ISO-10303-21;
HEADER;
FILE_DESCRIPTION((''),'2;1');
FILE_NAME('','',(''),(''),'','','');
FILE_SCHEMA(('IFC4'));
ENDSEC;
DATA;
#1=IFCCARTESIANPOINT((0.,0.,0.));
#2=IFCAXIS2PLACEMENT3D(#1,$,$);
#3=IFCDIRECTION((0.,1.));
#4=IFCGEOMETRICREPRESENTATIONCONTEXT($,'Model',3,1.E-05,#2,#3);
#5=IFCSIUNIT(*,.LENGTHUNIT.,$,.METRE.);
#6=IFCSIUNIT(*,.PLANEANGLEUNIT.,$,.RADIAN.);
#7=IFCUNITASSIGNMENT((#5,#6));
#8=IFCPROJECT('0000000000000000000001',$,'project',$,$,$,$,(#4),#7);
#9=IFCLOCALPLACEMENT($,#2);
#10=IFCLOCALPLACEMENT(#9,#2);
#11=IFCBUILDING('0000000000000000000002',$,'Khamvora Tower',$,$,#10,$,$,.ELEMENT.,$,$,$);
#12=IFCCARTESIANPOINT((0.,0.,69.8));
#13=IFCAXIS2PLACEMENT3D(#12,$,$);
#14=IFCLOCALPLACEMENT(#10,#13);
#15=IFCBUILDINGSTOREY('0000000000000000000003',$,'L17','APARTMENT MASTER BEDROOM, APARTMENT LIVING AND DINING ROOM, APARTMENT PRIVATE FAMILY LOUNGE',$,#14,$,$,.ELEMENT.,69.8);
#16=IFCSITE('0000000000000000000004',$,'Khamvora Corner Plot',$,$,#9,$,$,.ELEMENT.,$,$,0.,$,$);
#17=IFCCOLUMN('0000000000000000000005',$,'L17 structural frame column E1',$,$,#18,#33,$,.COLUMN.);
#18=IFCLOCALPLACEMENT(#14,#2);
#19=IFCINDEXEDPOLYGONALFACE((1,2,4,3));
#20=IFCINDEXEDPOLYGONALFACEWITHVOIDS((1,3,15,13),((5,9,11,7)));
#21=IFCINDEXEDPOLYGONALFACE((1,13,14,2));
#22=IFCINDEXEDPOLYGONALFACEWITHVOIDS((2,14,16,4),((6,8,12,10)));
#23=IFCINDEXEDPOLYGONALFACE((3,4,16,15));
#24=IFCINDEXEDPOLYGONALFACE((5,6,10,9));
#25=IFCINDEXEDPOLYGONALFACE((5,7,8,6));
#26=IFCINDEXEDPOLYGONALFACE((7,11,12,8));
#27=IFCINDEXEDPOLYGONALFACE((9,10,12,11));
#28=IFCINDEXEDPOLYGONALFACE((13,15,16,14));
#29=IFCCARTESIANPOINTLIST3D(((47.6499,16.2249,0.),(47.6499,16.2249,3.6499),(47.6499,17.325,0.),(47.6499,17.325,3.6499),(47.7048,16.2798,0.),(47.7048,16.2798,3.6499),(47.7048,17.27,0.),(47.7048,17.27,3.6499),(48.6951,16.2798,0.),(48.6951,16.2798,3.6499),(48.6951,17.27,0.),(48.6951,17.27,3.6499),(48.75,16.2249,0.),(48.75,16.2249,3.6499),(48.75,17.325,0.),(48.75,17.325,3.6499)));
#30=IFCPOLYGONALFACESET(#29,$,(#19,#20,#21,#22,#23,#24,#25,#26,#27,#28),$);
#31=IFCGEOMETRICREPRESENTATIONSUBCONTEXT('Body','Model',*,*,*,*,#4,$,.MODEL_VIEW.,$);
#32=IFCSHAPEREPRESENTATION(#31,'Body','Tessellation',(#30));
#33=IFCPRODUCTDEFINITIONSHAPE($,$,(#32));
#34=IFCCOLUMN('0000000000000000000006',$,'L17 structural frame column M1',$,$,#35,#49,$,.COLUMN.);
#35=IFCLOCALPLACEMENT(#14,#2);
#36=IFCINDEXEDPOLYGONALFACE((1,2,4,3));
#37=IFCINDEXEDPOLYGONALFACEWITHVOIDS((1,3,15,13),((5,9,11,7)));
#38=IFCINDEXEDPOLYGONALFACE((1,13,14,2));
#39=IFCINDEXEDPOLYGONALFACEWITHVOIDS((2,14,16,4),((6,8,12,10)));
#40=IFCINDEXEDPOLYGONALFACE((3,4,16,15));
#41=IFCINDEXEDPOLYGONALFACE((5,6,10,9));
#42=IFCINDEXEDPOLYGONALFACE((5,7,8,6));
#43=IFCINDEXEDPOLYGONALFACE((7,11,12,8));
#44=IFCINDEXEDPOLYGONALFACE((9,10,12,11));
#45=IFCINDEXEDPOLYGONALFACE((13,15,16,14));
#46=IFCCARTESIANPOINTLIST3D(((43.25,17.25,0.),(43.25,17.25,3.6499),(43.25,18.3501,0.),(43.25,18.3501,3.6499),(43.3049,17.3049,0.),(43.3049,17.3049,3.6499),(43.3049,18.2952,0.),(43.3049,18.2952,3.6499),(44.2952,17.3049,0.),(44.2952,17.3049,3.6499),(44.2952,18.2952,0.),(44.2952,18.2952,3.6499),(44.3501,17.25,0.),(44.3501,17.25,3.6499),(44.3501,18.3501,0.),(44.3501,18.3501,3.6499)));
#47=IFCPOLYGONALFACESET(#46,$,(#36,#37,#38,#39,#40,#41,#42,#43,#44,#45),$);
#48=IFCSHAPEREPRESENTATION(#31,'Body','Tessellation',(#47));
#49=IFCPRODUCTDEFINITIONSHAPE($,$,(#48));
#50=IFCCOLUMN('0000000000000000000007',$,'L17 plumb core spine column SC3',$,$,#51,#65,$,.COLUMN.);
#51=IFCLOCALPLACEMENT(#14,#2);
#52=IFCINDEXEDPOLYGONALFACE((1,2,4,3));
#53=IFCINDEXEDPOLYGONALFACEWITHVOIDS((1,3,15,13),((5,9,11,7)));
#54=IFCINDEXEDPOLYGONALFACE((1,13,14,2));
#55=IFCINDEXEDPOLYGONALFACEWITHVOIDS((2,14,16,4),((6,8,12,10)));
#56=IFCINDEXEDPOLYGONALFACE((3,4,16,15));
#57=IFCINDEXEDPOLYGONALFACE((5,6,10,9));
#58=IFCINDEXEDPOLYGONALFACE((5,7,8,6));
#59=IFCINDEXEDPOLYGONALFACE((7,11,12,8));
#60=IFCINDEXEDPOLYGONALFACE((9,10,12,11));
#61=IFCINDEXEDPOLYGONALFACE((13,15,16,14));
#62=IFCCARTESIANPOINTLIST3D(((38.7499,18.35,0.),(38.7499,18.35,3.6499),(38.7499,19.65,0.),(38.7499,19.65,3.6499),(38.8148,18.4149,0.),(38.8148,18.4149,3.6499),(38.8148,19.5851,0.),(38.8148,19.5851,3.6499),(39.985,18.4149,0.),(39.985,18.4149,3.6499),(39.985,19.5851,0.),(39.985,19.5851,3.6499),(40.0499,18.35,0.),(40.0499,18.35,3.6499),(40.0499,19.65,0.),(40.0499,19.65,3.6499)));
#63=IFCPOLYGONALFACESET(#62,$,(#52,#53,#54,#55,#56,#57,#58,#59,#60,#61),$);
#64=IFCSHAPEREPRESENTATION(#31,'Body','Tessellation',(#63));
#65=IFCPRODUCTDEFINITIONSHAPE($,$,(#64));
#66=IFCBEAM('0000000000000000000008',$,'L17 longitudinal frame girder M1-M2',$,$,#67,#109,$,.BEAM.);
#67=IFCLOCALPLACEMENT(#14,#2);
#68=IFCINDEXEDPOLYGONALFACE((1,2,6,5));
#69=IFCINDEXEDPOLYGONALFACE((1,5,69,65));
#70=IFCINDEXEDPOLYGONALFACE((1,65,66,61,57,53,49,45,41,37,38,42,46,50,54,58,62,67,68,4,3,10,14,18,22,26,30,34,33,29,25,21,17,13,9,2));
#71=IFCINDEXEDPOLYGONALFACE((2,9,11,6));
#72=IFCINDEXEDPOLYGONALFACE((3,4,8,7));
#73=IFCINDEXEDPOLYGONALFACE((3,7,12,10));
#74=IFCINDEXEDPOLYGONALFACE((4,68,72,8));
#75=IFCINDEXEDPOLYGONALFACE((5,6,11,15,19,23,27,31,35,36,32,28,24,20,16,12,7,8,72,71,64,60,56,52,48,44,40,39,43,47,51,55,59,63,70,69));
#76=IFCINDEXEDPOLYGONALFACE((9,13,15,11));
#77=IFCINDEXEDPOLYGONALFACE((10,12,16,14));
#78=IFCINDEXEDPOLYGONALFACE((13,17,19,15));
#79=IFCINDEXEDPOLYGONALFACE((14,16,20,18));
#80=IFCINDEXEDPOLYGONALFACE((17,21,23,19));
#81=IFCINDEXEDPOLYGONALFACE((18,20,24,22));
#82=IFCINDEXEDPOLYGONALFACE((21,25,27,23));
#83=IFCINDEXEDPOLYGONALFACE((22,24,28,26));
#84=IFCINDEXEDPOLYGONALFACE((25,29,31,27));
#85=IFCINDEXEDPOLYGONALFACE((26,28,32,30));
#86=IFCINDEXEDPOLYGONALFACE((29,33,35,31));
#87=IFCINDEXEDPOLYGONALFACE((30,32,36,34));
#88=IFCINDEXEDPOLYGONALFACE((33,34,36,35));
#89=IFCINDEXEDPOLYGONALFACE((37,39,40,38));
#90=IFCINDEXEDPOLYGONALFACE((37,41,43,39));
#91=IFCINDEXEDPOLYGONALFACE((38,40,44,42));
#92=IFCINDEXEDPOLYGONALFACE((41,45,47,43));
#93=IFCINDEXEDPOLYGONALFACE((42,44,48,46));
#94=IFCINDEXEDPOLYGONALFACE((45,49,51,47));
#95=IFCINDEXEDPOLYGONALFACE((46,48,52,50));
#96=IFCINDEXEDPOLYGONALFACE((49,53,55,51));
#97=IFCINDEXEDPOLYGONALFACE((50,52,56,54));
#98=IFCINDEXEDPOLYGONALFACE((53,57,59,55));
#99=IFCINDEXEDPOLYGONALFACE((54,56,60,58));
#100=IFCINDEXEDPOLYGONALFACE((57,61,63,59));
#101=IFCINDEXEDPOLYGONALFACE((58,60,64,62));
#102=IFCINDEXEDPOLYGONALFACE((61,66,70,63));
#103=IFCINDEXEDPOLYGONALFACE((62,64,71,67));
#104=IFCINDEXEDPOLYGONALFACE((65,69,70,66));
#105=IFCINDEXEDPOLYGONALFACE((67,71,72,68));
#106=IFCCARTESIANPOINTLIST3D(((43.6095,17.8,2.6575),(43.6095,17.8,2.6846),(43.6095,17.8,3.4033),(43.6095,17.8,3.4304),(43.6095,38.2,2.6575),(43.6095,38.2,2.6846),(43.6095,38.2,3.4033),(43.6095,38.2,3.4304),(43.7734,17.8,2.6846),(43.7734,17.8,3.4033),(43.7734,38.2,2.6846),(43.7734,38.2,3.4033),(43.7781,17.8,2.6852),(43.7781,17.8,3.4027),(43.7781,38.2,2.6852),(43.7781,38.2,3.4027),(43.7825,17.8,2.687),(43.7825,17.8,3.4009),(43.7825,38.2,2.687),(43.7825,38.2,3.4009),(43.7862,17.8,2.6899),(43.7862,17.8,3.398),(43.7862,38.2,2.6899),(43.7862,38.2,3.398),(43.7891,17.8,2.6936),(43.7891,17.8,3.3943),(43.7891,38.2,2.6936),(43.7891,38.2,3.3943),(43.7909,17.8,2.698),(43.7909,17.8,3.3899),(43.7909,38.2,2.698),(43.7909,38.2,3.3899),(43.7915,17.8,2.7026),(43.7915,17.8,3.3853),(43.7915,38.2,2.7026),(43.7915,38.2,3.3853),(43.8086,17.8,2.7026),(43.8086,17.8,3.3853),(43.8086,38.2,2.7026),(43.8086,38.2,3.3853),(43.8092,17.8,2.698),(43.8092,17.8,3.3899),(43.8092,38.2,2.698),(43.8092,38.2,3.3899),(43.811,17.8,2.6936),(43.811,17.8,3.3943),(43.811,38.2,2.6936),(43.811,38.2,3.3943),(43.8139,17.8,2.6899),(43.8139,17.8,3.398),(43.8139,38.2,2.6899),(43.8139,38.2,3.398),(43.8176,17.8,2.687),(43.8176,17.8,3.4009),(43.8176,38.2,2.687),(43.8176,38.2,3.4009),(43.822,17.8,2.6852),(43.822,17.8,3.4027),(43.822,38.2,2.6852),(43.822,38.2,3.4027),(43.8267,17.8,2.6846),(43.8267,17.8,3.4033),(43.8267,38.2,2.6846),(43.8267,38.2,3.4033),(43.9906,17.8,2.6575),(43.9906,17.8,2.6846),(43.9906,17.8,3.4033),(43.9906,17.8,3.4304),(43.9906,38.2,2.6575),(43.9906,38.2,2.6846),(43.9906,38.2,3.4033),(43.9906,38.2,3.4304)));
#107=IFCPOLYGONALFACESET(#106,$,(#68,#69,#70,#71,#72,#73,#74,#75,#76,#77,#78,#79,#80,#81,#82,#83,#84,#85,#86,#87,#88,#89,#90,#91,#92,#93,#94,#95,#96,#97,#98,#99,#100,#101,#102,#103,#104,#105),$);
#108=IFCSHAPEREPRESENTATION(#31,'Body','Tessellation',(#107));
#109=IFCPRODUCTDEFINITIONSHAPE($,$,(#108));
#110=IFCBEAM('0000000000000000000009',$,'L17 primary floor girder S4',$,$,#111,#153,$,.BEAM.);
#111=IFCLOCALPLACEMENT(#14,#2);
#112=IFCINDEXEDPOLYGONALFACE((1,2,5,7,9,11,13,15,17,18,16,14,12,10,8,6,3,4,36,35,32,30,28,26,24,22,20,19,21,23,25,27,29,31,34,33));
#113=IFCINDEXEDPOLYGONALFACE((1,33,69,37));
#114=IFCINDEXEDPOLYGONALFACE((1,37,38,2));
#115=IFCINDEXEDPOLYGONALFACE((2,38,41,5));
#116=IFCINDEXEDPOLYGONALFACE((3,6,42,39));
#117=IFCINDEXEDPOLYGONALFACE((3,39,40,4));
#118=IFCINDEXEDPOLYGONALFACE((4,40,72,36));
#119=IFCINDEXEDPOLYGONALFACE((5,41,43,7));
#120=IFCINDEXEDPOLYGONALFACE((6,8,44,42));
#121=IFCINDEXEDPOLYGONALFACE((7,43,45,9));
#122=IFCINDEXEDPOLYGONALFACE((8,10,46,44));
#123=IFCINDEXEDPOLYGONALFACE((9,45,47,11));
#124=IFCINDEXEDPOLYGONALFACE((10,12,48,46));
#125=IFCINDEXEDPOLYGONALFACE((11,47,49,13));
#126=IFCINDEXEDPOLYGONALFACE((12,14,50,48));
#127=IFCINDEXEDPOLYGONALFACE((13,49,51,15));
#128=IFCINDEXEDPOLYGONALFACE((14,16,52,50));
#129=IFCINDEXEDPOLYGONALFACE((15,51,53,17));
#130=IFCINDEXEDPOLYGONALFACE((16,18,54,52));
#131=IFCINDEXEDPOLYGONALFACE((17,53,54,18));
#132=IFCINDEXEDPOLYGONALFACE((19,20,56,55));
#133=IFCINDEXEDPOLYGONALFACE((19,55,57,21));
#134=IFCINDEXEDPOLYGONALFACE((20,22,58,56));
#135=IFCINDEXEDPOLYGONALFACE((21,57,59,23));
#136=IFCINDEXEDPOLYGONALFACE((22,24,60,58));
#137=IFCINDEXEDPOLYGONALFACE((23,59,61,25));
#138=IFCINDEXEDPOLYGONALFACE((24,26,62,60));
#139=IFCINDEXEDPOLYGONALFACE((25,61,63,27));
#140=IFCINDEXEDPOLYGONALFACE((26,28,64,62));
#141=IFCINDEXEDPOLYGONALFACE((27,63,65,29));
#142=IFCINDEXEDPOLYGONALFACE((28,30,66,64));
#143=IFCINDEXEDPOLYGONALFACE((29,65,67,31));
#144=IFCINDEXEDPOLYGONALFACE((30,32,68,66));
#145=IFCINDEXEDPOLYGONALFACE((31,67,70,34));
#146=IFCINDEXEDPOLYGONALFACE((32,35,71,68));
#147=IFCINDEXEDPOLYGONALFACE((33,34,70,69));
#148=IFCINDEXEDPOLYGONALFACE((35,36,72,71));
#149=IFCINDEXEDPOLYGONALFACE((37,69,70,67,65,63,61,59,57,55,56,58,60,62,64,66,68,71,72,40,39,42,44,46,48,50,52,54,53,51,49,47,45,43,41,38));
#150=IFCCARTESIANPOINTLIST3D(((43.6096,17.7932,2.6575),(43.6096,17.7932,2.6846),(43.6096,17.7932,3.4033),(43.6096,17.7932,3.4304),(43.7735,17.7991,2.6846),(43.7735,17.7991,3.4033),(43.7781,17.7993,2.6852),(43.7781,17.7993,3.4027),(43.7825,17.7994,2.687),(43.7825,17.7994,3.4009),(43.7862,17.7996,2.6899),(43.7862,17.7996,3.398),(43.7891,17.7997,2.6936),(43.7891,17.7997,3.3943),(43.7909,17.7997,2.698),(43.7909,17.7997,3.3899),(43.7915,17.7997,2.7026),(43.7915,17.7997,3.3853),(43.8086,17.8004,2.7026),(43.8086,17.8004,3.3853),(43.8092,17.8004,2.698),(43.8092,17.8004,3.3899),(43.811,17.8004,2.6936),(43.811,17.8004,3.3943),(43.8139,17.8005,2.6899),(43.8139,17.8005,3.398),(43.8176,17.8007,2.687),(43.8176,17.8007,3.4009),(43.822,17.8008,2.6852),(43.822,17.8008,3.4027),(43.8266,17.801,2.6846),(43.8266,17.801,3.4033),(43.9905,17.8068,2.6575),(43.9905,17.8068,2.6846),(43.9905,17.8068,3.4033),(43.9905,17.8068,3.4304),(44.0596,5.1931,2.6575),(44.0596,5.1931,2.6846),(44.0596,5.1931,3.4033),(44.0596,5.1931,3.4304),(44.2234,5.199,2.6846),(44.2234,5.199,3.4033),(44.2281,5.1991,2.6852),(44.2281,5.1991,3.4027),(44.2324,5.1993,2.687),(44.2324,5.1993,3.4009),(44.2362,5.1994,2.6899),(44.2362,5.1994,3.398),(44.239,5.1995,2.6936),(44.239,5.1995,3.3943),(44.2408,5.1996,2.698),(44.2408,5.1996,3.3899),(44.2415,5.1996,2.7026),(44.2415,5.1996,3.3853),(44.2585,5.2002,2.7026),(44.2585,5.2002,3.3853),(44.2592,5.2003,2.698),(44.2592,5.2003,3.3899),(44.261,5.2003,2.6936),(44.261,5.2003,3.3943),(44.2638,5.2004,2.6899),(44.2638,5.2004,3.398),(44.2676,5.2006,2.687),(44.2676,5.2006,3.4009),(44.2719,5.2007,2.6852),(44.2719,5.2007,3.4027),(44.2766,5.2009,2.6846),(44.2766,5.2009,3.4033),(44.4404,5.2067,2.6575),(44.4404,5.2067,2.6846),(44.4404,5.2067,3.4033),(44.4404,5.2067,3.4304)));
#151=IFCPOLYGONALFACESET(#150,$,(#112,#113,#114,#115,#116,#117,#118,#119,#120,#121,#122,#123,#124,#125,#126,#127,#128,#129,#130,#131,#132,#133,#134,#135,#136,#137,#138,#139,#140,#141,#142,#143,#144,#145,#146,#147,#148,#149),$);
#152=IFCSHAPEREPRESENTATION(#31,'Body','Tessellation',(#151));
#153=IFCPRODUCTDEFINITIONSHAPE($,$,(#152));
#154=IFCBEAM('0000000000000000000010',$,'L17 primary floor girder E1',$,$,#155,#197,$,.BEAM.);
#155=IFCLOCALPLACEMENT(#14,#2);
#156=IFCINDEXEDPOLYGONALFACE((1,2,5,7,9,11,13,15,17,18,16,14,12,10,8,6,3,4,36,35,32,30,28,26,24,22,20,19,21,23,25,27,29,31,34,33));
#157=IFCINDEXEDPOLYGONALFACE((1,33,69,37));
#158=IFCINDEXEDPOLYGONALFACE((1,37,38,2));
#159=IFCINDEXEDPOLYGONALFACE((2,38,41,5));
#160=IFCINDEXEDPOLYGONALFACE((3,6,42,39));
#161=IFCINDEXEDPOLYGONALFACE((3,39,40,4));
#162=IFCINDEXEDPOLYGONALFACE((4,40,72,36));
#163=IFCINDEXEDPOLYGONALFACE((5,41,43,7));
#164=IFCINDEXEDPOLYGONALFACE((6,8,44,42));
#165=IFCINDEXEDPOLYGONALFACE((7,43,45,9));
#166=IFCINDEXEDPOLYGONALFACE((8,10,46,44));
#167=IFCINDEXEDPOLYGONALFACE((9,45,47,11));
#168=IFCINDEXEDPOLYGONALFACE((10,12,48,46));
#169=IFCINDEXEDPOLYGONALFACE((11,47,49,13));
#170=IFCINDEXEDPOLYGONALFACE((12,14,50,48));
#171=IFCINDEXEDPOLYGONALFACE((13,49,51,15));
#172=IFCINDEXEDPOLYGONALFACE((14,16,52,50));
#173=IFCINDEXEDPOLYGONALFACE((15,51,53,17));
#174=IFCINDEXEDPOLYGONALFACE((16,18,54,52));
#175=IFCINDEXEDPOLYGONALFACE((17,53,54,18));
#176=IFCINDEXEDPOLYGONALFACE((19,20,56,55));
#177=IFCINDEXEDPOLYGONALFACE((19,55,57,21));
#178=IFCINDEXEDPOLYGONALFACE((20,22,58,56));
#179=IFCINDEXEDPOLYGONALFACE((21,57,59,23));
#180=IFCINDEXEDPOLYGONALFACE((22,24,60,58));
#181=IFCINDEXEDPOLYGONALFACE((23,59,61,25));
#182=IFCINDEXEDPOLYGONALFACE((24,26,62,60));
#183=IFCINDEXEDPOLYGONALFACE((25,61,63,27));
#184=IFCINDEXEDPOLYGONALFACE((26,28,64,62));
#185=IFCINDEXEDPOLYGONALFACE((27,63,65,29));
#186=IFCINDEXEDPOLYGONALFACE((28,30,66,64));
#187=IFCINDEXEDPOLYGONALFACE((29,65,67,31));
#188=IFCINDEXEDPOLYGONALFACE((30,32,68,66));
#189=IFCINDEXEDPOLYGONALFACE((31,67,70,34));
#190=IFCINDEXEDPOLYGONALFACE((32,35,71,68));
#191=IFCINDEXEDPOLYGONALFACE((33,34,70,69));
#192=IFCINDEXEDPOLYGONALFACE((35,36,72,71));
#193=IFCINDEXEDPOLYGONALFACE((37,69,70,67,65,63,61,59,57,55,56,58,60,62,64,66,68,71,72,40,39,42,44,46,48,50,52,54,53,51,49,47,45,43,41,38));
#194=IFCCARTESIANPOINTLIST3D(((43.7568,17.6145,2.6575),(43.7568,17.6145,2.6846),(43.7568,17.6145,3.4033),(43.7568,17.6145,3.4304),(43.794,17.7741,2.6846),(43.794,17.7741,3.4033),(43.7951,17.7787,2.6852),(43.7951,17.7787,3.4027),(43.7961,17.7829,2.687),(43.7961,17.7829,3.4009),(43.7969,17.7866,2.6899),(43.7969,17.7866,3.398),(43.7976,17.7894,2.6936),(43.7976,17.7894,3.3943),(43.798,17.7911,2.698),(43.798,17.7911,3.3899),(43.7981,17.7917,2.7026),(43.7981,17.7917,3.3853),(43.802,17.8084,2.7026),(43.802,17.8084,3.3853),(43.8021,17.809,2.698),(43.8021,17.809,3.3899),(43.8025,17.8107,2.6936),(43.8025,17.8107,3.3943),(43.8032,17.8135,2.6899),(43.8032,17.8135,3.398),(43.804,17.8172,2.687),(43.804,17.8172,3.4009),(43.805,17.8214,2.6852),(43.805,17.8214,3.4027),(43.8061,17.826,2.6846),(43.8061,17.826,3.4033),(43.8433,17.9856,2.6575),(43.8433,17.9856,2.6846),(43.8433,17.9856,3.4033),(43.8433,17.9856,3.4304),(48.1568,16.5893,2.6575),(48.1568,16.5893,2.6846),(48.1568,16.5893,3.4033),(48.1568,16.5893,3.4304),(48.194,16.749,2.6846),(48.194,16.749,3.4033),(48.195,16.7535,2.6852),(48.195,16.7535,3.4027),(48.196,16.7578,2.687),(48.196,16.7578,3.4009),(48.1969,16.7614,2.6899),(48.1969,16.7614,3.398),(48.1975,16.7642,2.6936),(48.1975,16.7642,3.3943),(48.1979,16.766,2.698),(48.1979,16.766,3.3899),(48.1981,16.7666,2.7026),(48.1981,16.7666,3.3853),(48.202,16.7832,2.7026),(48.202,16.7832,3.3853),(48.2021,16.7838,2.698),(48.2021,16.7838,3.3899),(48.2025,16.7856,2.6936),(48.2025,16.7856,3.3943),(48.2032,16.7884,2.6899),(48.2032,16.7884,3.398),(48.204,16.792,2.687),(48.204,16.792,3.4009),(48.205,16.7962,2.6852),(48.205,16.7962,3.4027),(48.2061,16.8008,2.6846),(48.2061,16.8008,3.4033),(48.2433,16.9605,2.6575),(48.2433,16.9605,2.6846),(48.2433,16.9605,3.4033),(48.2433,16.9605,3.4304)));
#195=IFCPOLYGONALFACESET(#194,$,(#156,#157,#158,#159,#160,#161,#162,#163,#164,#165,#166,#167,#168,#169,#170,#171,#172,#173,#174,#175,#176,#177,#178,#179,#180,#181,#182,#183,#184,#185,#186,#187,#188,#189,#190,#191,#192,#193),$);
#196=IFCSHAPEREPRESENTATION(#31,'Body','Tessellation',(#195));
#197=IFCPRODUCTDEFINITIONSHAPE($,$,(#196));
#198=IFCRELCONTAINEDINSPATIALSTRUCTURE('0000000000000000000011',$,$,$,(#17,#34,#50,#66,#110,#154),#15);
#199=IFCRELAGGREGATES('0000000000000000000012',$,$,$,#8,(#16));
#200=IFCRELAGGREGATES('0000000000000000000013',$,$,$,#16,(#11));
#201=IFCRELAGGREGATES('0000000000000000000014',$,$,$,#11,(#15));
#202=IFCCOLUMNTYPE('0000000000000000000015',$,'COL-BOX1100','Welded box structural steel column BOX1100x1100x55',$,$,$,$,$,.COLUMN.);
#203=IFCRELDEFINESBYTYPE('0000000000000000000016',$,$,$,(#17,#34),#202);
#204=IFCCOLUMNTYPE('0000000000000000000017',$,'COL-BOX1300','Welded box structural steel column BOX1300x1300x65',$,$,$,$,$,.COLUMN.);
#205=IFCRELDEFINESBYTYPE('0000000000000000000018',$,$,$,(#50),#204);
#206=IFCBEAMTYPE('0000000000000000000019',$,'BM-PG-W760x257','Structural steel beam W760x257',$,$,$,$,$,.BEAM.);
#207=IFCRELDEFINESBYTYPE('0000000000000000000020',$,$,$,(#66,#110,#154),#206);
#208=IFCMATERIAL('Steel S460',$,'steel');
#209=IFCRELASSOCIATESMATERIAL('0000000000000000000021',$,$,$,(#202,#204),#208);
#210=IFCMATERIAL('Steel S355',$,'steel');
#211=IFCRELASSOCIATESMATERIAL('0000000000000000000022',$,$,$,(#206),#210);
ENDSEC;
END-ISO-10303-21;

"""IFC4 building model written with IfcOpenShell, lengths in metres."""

from ifc_helpers import new_model, si_unit, direction, frame, origin, origin_2d, place, context, subcontext, project, spatial, hollow_rectangle, i_section, extrude, material, material_profile, profile_set, type_object, element, save


model = new_model("IFC4")

# Units and contexts
model_context = context("Model", 3, precision=1e-05, world=origin(), true_north=direction((0.0, 1.0)))
body_context = subcontext(model_context, "Body", "Model", "MODEL_VIEW")
ifc_project = project(units=[si_unit("LENGTHUNIT", "METRE"), si_unit("PLANEANGLEUNIT", "RADIAN")], contexts=[model_context])

# Site, building, storey
site_placement = place(None, origin())
site = spatial("IfcSite", under=ifc_project, at=site_placement, Name="Khamvora Corner Plot", CompositionType="ELEMENT", RefElevation=0.0)
building_placement = place(site_placement, origin())
building = spatial("IfcBuilding", under=site, at=building_placement, Name="Khamvora Tower", CompositionType="ELEMENT")
storey_placement = place(building_placement, frame((0.0, 0.0, 69.8)))
storey = spatial("IfcBuildingStorey", under=building, at=storey_placement, Name="L17", Description="APARTMENT MASTER BEDROOM, APARTMENT LIVING AND DINING ROOM, APARTMENT PRIVATE FAMILY LOUNGE", CompositionType="ELEMENT", Elevation=69.8)

# Columns
ifc_material_1 = material(Name="Steel S460", Category="steel")
ifc_material_profile_1 = material_profile(ifc_material_1, hollow_rectangle(XDim=1.1001, YDim=1.1001, WallThickness=0.0549, at=origin_2d()), Name="BOX1100x1100x55")
ifc_profile_set_1 = profile_set([ifc_material_profile_1], Name="Steel S460")
column_type_1 = type_object("IfcColumnType", Name="COL-BOX1100", Description="Welded box structural steel column BOX1100x1100x55", PredefinedType="COLUMN", material=ifc_profile_set_1)
for number, where, z_axis, x_axis, name in (
    (1, (48.2, 16.7749, 0.0), (0.0, 0.0, 1.0), (1.0, 0.0, 0.0), "L17 structural frame column E1"),
    (2, (43.8, 17.8, 0.0), (0.0, 0.0, 1.0), (1.0, 0.0, 0.0), "L17 structural frame column M1"),
):
    element("IfcColumn", number, at=place(storey_placement, frame(where, z_axis=z_axis, x_axis=x_axis)), inside=storey, type_object=column_type_1, Name=name, PredefinedType="COLUMN", context=body_context, shape_type="SweptSolid", body=[
        extrude(hollow_rectangle(XDim=1.1001, YDim=1.1001, WallThickness=0.0549, at=origin_2d()), origin(), (0.0, 0.0, 1.0), 3.6499),
    ])
ifc_material_profile_2 = material_profile(ifc_material_1, hollow_rectangle(XDim=1.3, YDim=1.3, WallThickness=0.0649, at=origin_2d()), Name="BOX1300x1300x65")
ifc_profile_set_2 = profile_set([ifc_material_profile_2], Name="Steel S460")
column_type_2 = type_object("IfcColumnType", Name="COL-BOX1300", Description="Welded box structural steel column BOX1300x1300x65", PredefinedType="COLUMN", material=ifc_profile_set_2)
column_placement = place(storey_placement, frame((39.3999, 19.0, 0.0), z_axis=(0.0, 0.0, 1.0), x_axis=(1.0, 0.0, 0.0)))
element("IfcColumn", 3, at=column_placement, inside=storey, type_object=column_type_2, Name="L17 plumb core spine column SC3", PredefinedType="COLUMN", context=body_context, shape_type="SweptSolid", body=[
    extrude(hollow_rectangle(XDim=1.3, YDim=1.3, WallThickness=0.0649, at=origin_2d()), origin(), (0.0, 0.0, 1.0), 3.6499),
])

# Beams
ifc_material_2 = material(Name="Steel S355", Category="steel")
ifc_material_profile_3 = material_profile(ifc_material_2, i_section(OverallWidth=0.3811, OverallDepth=0.7729, WebThickness=0.0171, FlangeThickness=0.0271, FilletRadius=0.0181, at=origin_2d()), Name="W760x257")
ifc_profile_set_3 = profile_set([ifc_material_profile_3], Name="Steel S355")
beam_type_1 = type_object("IfcBeamType", Name="BM-PG-W760x257", Description="Structural steel beam W760x257", PredefinedType="BEAM", material=ifc_profile_set_3)
beam_1_placement = place(storey_placement, frame((43.8, 17.8, 3.0439), z_axis=(0.0, 1.0, 0.0), x_axis=(-1.0, 0.0, 0.0)))
element("IfcBeam", 4, at=beam_1_placement, inside=storey, type_object=beam_type_1, Name="L17 longitudinal frame girder M1-M2", PredefinedType="BEAM", context=body_context, shape_type="SweptSolid", body=[
    extrude(i_section(OverallWidth=0.3811, OverallDepth=0.7729, WebThickness=0.0171, FlangeThickness=0.0271, FilletRadius=0.0181, at=origin_2d()), origin(), (0.0, 0.0, 1.0), 20.3999),
])
beam_2_placement = place(storey_placement, frame((43.8, 17.8, 3.0439), z_axis=(0.035687, -0.999363, 0.0), x_axis=(0.999363, 0.035687, 0.0)))
element("IfcBeam", 5, at=beam_2_placement, inside=storey, type_object=beam_type_1, Name="L17 primary floor girder S4", PredefinedType="BEAM", context=body_context, shape_type="SweptSolid", body=[
    extrude(i_section(OverallWidth=0.3811, OverallDepth=0.7729, WebThickness=0.0171, FlangeThickness=0.0271, FilletRadius=0.0181, at=origin_2d()), origin(), (0.0, 0.0, 1.0), 12.6082),
])
beam_3_placement = place(storey_placement, frame((43.8, 17.8, 3.0439), z_axis=(0.973915, -0.226915, 0.0), x_axis=(0.226915, 0.973915, 0.0)))
element("IfcBeam", 6, at=beam_3_placement, inside=storey, type_object=beam_type_1, Name="L17 primary floor girder E1", PredefinedType="BEAM", context=body_context, shape_type="SweptSolid", body=[
    extrude(i_section(OverallWidth=0.3811, OverallDepth=0.7729, WebThickness=0.0171, FlangeThickness=0.0271, FilletRadius=0.0181, at=origin_2d()), origin(), (0.0, 0.0, 1.0), 4.5178),
])

save(model, "model.ifc")
